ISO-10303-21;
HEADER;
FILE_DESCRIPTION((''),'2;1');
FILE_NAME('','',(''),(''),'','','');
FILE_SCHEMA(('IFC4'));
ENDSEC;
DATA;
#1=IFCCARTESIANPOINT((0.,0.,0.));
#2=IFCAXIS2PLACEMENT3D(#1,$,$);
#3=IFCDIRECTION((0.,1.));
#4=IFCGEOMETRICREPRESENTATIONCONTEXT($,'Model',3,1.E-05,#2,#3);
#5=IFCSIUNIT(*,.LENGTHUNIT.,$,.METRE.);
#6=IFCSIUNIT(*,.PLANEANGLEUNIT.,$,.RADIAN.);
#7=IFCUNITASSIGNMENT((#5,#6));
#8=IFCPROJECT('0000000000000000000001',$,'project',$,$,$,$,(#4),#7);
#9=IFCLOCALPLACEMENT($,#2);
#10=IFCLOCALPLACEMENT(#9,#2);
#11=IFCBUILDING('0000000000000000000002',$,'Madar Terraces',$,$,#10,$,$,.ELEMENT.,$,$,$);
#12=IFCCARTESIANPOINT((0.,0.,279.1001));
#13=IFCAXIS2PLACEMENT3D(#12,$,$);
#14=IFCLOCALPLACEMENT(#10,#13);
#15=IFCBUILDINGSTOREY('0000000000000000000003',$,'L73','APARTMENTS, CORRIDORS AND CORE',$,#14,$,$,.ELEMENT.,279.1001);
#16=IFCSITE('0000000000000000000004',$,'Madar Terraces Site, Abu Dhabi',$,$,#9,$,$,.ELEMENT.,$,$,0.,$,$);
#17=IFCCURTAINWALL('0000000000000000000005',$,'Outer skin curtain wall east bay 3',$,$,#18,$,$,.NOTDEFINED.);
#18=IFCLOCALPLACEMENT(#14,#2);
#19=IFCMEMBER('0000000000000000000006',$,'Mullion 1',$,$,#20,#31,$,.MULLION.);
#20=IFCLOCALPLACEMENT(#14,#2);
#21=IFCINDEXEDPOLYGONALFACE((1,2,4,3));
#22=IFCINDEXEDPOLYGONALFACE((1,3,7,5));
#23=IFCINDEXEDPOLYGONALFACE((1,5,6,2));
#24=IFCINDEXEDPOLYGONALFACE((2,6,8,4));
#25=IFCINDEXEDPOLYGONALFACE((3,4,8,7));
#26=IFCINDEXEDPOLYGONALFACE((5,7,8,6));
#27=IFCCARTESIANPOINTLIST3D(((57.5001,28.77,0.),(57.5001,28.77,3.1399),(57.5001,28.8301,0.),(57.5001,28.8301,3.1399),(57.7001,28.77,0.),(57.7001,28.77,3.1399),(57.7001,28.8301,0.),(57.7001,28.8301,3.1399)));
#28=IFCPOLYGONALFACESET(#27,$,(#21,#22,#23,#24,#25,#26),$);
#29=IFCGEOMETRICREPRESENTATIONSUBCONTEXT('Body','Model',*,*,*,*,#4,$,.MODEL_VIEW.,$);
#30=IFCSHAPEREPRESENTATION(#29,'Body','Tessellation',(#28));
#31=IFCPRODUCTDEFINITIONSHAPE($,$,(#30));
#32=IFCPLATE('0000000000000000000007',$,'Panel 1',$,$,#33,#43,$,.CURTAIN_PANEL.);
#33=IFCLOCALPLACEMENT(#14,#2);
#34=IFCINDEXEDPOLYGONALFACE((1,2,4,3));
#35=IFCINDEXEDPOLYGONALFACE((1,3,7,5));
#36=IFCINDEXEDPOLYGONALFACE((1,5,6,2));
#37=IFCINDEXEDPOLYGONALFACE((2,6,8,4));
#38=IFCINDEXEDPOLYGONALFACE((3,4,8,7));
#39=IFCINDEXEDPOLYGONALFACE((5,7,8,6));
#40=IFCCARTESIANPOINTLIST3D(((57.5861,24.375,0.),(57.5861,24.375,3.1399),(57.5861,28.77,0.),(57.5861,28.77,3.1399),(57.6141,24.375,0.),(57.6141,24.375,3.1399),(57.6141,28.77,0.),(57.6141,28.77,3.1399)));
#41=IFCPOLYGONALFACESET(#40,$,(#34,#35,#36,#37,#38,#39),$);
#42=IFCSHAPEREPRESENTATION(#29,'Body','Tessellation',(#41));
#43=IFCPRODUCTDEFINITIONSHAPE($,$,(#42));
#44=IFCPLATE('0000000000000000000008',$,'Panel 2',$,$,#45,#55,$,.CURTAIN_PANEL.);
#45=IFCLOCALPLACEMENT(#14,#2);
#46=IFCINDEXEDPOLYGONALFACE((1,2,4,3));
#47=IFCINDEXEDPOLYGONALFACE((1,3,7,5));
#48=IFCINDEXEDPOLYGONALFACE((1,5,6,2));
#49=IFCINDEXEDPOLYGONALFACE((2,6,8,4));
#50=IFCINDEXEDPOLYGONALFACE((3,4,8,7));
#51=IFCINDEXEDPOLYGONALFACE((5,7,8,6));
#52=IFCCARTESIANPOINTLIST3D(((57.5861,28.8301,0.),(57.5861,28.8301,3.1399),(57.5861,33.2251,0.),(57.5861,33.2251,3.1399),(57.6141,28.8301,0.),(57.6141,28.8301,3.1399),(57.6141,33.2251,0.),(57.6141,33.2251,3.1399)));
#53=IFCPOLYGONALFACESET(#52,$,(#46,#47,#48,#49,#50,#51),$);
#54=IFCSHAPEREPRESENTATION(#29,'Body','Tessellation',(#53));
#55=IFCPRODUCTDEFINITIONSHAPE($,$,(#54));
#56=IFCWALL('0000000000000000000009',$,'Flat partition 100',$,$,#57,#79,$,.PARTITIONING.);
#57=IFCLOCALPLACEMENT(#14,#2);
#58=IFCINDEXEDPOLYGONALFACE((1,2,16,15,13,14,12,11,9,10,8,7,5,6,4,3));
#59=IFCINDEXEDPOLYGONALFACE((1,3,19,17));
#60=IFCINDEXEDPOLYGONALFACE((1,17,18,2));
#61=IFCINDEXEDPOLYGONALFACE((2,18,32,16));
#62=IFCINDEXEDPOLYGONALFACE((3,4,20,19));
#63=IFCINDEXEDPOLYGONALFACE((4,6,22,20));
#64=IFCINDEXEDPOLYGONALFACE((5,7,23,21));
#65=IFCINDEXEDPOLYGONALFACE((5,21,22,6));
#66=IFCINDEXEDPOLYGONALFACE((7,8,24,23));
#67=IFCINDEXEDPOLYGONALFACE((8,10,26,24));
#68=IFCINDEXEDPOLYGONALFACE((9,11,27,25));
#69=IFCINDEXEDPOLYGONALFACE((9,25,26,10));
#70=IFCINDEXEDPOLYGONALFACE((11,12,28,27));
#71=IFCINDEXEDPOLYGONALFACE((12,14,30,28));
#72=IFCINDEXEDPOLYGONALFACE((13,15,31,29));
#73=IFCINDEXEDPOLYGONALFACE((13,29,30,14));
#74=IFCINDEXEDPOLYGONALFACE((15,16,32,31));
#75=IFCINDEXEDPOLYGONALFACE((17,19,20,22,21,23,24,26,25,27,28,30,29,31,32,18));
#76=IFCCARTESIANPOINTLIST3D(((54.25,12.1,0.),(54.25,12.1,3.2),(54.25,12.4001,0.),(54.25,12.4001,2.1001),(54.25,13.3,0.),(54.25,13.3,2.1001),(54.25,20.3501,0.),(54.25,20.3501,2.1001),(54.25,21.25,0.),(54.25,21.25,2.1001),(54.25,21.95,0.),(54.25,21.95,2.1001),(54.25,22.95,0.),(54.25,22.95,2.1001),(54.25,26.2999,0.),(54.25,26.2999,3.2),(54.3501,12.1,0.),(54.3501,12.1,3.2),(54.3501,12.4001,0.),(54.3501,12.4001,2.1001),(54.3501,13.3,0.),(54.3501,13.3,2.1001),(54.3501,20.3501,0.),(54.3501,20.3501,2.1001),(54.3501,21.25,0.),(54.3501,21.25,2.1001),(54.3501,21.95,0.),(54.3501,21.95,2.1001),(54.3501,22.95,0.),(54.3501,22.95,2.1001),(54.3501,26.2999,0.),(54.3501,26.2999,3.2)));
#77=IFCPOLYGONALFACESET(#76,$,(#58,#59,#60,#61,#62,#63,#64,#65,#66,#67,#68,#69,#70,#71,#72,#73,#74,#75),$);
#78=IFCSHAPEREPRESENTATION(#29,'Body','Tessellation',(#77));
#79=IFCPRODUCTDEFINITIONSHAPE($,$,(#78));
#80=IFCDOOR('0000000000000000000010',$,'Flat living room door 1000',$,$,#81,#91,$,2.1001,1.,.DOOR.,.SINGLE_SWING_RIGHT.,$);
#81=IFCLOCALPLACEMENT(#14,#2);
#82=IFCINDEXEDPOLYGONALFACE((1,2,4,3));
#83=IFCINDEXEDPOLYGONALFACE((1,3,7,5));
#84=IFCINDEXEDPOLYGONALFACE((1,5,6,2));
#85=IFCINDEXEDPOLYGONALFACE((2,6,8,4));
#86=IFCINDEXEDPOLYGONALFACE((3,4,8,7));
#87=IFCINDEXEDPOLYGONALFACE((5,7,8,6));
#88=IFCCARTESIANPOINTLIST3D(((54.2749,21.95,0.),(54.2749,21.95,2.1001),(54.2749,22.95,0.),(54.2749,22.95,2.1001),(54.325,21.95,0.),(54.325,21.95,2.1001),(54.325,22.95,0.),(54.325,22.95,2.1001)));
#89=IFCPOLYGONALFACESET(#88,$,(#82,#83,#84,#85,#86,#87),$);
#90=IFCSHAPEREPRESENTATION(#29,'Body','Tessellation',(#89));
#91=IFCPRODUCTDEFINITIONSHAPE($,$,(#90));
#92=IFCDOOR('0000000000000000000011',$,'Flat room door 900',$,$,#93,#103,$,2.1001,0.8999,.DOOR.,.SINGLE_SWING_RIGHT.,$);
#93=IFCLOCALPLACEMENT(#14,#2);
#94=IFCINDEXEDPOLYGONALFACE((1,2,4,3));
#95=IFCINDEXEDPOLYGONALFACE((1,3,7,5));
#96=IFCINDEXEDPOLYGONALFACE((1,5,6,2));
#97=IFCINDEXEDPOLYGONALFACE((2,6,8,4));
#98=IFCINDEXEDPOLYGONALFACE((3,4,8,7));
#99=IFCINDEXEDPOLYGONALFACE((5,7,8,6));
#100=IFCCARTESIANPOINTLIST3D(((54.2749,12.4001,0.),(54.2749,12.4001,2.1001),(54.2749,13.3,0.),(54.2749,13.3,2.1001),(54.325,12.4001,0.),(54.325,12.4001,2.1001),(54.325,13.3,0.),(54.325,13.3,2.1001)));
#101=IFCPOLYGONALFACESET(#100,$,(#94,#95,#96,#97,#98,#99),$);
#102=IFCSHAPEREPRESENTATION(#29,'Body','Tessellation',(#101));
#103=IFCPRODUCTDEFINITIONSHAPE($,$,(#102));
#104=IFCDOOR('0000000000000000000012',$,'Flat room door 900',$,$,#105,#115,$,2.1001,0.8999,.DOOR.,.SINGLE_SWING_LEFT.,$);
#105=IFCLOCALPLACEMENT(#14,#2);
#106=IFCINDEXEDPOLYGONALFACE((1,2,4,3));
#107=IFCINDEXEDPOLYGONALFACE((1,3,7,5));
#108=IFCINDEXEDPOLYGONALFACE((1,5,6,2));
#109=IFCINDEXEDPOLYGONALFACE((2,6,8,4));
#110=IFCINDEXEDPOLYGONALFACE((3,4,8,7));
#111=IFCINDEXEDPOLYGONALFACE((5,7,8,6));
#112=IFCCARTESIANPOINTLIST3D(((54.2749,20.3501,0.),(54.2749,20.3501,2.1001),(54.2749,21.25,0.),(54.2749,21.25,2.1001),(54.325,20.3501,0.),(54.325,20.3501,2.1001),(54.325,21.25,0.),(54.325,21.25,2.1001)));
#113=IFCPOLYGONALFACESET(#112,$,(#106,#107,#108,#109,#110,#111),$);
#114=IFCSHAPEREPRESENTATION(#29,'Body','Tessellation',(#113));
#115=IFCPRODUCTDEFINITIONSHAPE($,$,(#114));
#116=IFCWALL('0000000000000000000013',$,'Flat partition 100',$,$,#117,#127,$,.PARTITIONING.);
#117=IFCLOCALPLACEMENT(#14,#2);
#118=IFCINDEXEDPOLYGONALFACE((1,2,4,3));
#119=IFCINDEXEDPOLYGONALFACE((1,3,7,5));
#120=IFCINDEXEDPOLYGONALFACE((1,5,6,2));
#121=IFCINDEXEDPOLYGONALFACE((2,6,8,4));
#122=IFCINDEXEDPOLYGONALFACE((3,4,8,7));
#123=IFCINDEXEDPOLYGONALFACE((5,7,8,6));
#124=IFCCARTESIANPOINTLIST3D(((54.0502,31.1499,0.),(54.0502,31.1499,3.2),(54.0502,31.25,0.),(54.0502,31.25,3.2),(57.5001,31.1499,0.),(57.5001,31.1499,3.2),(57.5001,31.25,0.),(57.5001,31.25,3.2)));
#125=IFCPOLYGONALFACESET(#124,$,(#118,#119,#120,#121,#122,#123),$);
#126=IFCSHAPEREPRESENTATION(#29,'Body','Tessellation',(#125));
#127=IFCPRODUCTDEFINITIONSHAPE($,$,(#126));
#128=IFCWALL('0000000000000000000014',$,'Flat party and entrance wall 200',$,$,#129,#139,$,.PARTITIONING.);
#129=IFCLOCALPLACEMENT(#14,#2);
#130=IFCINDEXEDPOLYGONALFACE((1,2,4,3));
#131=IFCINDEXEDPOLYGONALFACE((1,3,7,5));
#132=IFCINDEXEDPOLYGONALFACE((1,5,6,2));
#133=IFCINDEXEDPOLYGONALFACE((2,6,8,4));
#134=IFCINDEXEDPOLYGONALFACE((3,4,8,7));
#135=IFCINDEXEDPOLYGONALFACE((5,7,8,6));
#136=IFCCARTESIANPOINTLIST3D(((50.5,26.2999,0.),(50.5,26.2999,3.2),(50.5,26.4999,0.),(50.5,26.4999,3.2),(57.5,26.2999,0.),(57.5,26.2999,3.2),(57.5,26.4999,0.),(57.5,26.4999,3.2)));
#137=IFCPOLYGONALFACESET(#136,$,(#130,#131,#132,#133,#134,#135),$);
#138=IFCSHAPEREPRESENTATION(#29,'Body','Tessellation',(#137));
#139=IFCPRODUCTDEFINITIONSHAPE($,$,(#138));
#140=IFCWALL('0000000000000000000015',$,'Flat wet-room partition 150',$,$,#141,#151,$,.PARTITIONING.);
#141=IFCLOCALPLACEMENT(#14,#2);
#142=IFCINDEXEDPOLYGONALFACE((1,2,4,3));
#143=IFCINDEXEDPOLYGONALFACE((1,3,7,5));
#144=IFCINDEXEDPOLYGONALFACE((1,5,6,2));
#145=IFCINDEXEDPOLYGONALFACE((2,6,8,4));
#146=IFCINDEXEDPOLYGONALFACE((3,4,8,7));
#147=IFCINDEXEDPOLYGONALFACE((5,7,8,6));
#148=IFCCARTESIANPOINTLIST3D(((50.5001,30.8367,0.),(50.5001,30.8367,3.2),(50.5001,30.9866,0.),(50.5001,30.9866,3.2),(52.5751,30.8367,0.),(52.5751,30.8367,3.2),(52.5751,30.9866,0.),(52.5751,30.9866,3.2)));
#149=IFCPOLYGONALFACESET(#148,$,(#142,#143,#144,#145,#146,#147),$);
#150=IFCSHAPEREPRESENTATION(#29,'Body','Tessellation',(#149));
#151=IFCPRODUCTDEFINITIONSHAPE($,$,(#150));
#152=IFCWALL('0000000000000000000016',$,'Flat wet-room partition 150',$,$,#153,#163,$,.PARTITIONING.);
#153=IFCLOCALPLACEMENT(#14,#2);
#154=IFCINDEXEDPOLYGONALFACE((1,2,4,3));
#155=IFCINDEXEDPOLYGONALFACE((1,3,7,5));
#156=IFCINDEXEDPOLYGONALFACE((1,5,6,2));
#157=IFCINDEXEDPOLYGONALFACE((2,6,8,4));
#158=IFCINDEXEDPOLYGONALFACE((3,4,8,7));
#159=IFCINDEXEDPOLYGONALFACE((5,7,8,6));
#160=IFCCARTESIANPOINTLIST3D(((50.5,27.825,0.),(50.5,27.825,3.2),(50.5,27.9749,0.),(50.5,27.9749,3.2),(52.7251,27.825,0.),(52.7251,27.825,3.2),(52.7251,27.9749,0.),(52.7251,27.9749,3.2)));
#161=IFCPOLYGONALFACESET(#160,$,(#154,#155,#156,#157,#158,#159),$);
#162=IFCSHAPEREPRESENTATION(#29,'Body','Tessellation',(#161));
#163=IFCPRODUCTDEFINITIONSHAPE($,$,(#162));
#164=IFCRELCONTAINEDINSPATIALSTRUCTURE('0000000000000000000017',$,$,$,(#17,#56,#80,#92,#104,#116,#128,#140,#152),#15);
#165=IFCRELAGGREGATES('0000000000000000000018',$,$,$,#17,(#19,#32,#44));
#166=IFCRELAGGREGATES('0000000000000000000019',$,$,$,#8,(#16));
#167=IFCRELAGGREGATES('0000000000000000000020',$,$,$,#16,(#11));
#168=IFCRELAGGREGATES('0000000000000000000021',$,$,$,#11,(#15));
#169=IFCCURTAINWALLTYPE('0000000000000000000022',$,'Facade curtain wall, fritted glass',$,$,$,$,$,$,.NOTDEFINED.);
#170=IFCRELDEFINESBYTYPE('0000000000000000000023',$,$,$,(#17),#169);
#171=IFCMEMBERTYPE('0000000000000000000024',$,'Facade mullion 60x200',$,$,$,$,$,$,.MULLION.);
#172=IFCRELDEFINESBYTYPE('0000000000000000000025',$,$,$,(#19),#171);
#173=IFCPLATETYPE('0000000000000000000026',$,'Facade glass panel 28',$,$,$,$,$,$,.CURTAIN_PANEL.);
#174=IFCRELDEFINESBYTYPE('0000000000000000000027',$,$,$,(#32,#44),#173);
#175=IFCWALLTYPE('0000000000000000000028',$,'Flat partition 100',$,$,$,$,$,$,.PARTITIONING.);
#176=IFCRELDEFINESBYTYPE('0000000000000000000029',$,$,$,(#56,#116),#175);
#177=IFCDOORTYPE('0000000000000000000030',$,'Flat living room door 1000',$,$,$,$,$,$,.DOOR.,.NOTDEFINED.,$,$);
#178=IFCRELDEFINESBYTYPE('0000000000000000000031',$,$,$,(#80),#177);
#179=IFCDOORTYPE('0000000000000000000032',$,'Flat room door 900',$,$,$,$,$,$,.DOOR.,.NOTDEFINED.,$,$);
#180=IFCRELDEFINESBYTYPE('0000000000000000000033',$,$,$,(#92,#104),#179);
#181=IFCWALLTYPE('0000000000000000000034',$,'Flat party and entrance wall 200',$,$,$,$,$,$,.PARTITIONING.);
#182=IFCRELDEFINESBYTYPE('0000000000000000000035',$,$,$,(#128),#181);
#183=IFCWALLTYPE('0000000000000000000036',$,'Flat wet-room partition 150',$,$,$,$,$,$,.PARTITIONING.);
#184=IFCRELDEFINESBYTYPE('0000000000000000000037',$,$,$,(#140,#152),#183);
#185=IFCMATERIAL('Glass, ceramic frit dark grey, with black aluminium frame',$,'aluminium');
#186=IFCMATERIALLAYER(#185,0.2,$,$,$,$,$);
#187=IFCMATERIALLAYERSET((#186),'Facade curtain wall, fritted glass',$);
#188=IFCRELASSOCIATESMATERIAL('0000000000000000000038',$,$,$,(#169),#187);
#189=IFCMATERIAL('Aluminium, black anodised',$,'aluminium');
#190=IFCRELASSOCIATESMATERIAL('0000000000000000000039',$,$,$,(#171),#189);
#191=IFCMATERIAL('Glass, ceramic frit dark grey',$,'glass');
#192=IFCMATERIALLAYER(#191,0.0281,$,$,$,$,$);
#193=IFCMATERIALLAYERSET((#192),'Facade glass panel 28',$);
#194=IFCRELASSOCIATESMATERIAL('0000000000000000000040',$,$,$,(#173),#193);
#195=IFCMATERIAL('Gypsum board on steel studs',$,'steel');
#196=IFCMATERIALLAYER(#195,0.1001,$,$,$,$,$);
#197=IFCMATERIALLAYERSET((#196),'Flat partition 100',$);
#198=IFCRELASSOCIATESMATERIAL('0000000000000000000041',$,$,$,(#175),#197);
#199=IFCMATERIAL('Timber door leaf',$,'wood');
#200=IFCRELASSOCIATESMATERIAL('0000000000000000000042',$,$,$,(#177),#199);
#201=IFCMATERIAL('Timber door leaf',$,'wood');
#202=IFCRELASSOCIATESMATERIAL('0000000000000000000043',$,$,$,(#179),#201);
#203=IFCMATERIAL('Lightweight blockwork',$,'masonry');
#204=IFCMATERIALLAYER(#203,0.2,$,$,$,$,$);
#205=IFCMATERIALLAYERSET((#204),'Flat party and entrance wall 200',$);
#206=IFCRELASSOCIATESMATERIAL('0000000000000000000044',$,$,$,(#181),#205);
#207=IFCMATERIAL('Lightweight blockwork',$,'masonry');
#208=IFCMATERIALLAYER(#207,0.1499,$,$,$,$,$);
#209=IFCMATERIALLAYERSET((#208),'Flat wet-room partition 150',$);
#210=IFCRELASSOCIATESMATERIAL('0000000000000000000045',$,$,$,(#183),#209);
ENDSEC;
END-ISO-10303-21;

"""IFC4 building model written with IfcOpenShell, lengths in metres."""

from ifc_helpers import new_model, si_unit, direction, frame, frame_2d, origin, origin_2d, place, context, subcontext, project, spatial, rectangle, extrude, material, layer, layer_set, material_profile, profile_set, type_object, element, fill, aggregate, save


model = new_model("IFC4")

# Units and contexts
model_context = context("Model", 3, precision=1e-05, world=origin(), true_north=direction((0.0, 1.0)))
body_context = subcontext(model_context, "Body", "Model", "MODEL_VIEW")
ifc_project = project(units=[si_unit("LENGTHUNIT", "METRE"), si_unit("PLANEANGLEUNIT", "RADIAN")], contexts=[model_context])

# Site, building, storey
site_placement = place(None, origin())
site = spatial("IfcSite", under=ifc_project, at=site_placement, Name="Madar Terraces Site, Abu Dhabi", CompositionType="ELEMENT", RefElevation=0.0)
building_placement = place(site_placement, origin())
building = spatial("IfcBuilding", under=site, at=building_placement, Name="Madar Terraces", CompositionType="ELEMENT")
storey_placement = place(building_placement, frame((0.0, 0.0, 279.1001)))
storey = spatial("IfcBuildingStorey", under=building, at=storey_placement, Name="L73", Description="APARTMENTS, CORRIDORS AND CORE", CompositionType="ELEMENT", Elevation=279.1001)

# Curtain wall, member, plates
ifc_material_1 = material(Name="Glass, ceramic frit dark grey, with black aluminium frame", Category="aluminium")
ifc_layer_1 = layer(ifc_material_1, 0.2)
ifc_layer_set_1 = layer_set([ifc_layer_1], Name="Facade curtain wall, fritted glass")
curtain_wall_type = type_object("IfcCurtainWallType", Name="Facade curtain wall, fritted glass", PredefinedType="NOTDEFINED", material=ifc_layer_set_1)
curtain_wall_placement = place(storey_placement, origin())
curtain_wall = element("IfcCurtainWall", 1, at=curtain_wall_placement, inside=storey, type_object=curtain_wall_type, Name="Outer skin curtain wall east bay 3", PredefinedType="NOTDEFINED")
ifc_material_2 = material(Name="Aluminium, black anodised", Category="aluminium")
ifc_material_profile = material_profile(ifc_material_2, rectangle(XDim=0.2, YDim=0.0601, at=origin_2d()), Name="Facade mullion 60x200")
ifc_profile_set = profile_set([ifc_material_profile], Name="Aluminium, black anodised")
member_type = type_object("IfcMemberType", Name="Facade mullion 60x200", PredefinedType="MULLION", material=ifc_profile_set)
member_placement = place(storey_placement, frame((57.6001, 28.8, 0.0), z_axis=(0.0, 0.0, 1.0), x_axis=(-1.0, 0.0, 0.0)))
member = element("IfcMember", 2, at=member_placement, type_object=member_type, Name="Mullion 1", PredefinedType="MULLION", context=body_context, shape_type="SweptSolid", body=[
    extrude(rectangle(XDim=0.2, YDim=0.0601, at=origin_2d()), origin(), (0.0, 0.0, 1.0), 3.1399),
])
ifc_material_3 = material(Name="Glass, ceramic frit dark grey", Category="glass")
ifc_layer_2 = layer(ifc_material_3, 0.0281)
ifc_layer_set_2 = layer_set([ifc_layer_2], Name="Facade glass panel 28")
plate_type = type_object("IfcPlateType", Name="Facade glass panel 28", PredefinedType="CURTAIN_PANEL", material=ifc_layer_set_2)
plate_1_placement = place(storey_placement, frame((57.6001, 26.5725, 0.0), z_axis=(0.0, 0.0, 1.0), x_axis=(0.0, 1.0, 0.0)))
plate_1 = element("IfcPlate", 3, at=plate_1_placement, type_object=plate_type, Name="Panel 1", PredefinedType="CURTAIN_PANEL", context=body_context, shape_type="SweptSolid", body=[
    extrude(rectangle(XDim=4.395, YDim=0.0281, at=origin_2d()), origin(), (0.0, 0.0, 1.0), 3.1399),
])
plate_2_placement = place(storey_placement, frame((57.6001, 31.0276, 0.0), z_axis=(0.0, 0.0, 1.0), x_axis=(0.0, 1.0, 0.0)))
plate_2 = element("IfcPlate", 4, at=plate_2_placement, type_object=plate_type, Name="Panel 2", PredefinedType="CURTAIN_PANEL", context=body_context, shape_type="SweptSolid", body=[
    extrude(rectangle(XDim=4.395, YDim=0.0281, at=origin_2d()), origin(), (0.0, 0.0, 1.0), 3.1399),
])
aggregate(curtain_wall, [member, plate_1, plate_2])

# Wall, openings, doors
ifc_material_4 = material(Name="Gypsum board on steel studs", Category="steel")
ifc_layer_3 = layer(ifc_material_4, 0.1001)
ifc_layer_set_3 = layer_set([ifc_layer_3], Name="Flat partition 100")
wall_type_1 = type_object("IfcWallType", Name="Flat partition 100", PredefinedType="PARTITIONING", material=ifc_layer_set_3)
wall_1_placement = place(storey_placement, frame((54.3, 26.3, 0.0), z_axis=(0.0, 0.0, 1.0), x_axis=(0.0, -1.0, 0.0)))
wall_1 = element("IfcWall", 5, at=wall_1_placement, inside=storey, type_object=wall_type_1, Name="Flat partition 100", PredefinedType="PARTITIONING", context=body_context, shape_type="SweptSolid", body=[
    extrude(rectangle(XDim=14.2, YDim=0.1001, at=frame_2d((7.1001, 0.0))), origin(), (0.0, 0.0, 1.0), 3.2),
])
opening_1_placement = place(wall_1_placement, frame((13.0, 0.0, 0.0)))
opening_1 = element("IfcOpeningElement", 6, at=opening_1_placement, cuts=wall_1, PredefinedType="OPENING", context=body_context, shape_type="SweptSolid", body=[
    extrude(rectangle(XDim=0.8999, YDim=2.1001, at=frame_2d((0.45, 1.05))), frame((0.0, 0.0601, 0.0), z_axis=(0.0, -1.0, 0.0), x_axis=(1.0, 0.0, 0.0)), (0.0, 0.0, 1.0), 0.1201),
])
opening_2_placement = place(wall_1_placement, frame((5.05, 0.0, 0.0)))
opening_2 = element("IfcOpeningElement", 7, at=opening_2_placement, cuts=wall_1, PredefinedType="OPENING", context=body_context, shape_type="SweptSolid", body=[
    extrude(rectangle(XDim=0.8999, YDim=2.1001, at=frame_2d((0.45, 1.05))), frame((0.0, 0.0601, 0.0), z_axis=(0.0, -1.0, 0.0), x_axis=(1.0, 0.0, 0.0)), (0.0, 0.0, 1.0), 0.1201),
])
opening_3_placement = place(wall_1_placement, frame((3.3501, 0.0, 0.0)))
opening_3 = element("IfcOpeningElement", 8, at=opening_3_placement, cuts=wall_1, PredefinedType="OPENING", context=body_context, shape_type="SweptSolid", body=[
    extrude(rectangle(XDim=1.0, YDim=2.1001, at=frame_2d((0.5, 1.05))), frame((0.0, 0.0601, 0.0), z_axis=(0.0, -1.0, 0.0), x_axis=(1.0, 0.0, 0.0)), (0.0, 0.0, 1.0), 0.1201),
])
ifc_material_5 = material(Name="Timber door leaf", Category="wood")
door_type_1 = type_object("IfcDoorType", Name="Flat living room door 1000", OperationType="NOTDEFINED", PredefinedType="DOOR", material=ifc_material_5)
door_1_placement = place(opening_3_placement, origin())
door_1 = element("IfcDoor", 9, at=door_1_placement, inside=storey, type_object=door_type_1, Name="Flat living room door 1000", OperationType="SINGLE_SWING_RIGHT", OverallHeight=2.1001, OverallWidth=1.0, PredefinedType="DOOR", context=body_context, shape_type="SweptSolid", body=[
    extrude(rectangle(XDim=1.0, YDim=2.1001, at=frame_2d((0.5, 1.05))), frame((0.0, 0.0249, 0.0), z_axis=(0.0, -1.0, 0.0), x_axis=(1.0, 0.0, 0.0)), (0.0, 0.0, 1.0), 0.05),
])
fill(opening_3, door_1)
ifc_material_6 = material(Name="Timber door leaf", Category="wood")
door_type_2 = type_object("IfcDoorType", Name="Flat room door 900", OperationType="NOTDEFINED", PredefinedType="DOOR", material=ifc_material_6)
door_2_placement = place(opening_1_placement, origin())
door_2 = element("IfcDoor", 10, at=door_2_placement, inside=storey, type_object=door_type_2, Name="Flat room door 900", OperationType="SINGLE_SWING_RIGHT", OverallHeight=2.1001, OverallWidth=0.8999, PredefinedType="DOOR", context=body_context, shape_type="SweptSolid", body=[
    extrude(rectangle(XDim=0.8999, YDim=2.1001, at=frame_2d((0.45, 1.05))), frame((0.0, 0.0249, 0.0), z_axis=(0.0, -1.0, 0.0), x_axis=(1.0, 0.0, 0.0)), (0.0, 0.0, 1.0), 0.05),
])
fill(opening_1, door_2)
door_3_placement = place(opening_2_placement, origin())
door_3 = element("IfcDoor", 11, at=door_3_placement, inside=storey, type_object=door_type_2, Name="Flat room door 900", OperationType="SINGLE_SWING_LEFT", OverallHeight=2.1001, OverallWidth=0.8999, PredefinedType="DOOR", context=body_context, shape_type="SweptSolid", body=[
    extrude(rectangle(XDim=0.8999, YDim=2.1001, at=frame_2d((0.45, 1.05))), frame((0.0, 0.0249, 0.0), z_axis=(0.0, -1.0, 0.0), x_axis=(1.0, 0.0, 0.0)), (0.0, 0.0, 1.0), 0.05),
])
fill(opening_2, door_3)

# Walls
wall_2_placement = place(storey_placement, frame((54.05, 31.2, 0.0), z_axis=(0.0, 0.0, 1.0), x_axis=(1.0, 0.0, 0.0)))
element("IfcWall", 12, at=wall_2_placement, inside=storey, type_object=wall_type_1, Name="Flat partition 100", PredefinedType="PARTITIONING", context=body_context, shape_type="SweptSolid", body=[
    extrude(rectangle(XDim=3.45, YDim=0.1001, at=frame_2d((1.7251, 0.0))), origin(), (0.0, 0.0, 1.0), 3.2),
])
ifc_material_7 = material(Name="Lightweight blockwork", Category="masonry")
ifc_layer_4 = layer(ifc_material_7, 0.2)
ifc_layer_set_4 = layer_set([ifc_layer_4], Name="Flat party and entrance wall 200")
wall_type_2 = type_object("IfcWallType", Name="Flat party and entrance wall 200", PredefinedType="PARTITIONING", material=ifc_layer_set_4)
wall_3_placement = place(storey_placement, frame((50.5, 26.3999, 0.0), z_axis=(0.0, 0.0, 1.0), x_axis=(1.0, 0.0, 0.0)))
element("IfcWall", 13, at=wall_3_placement, inside=storey, type_object=wall_type_2, Name="Flat party and entrance wall 200", PredefinedType="PARTITIONING", context=body_context, shape_type="SweptSolid", body=[
    extrude(rectangle(XDim=7.0, YDim=0.2, at=frame_2d((3.5, 0.0))), origin(), (0.0, 0.0, 1.0), 3.2),
])
ifc_material_8 = material(Name="Lightweight blockwork", Category="masonry")
ifc_layer_5 = layer(ifc_material_8, 0.1499)
ifc_layer_set_5 = layer_set([ifc_layer_5], Name="Flat wet-room partition 150")
wall_type_3 = type_object("IfcWallType", Name="Flat wet-room partition 150", PredefinedType="PARTITIONING", material=ifc_layer_set_5)
wall_4_placement = place(storey_placement, frame((50.5, 30.9116, 0.0), z_axis=(0.0, 0.0, 1.0), x_axis=(1.0, 0.0, 0.0)))
element("IfcWall", 14, at=wall_4_placement, inside=storey, type_object=wall_type_3, Name="Flat wet-room partition 150", PredefinedType="PARTITIONING", context=body_context, shape_type="SweptSolid", body=[
    extrude(rectangle(XDim=2.075, YDim=0.1499, at=frame_2d((1.0376, 0.0))), origin(), (0.0, 0.0, 1.0), 3.2),
])
wall_5_placement = place(storey_placement, frame((50.5, 27.8999, 0.0), z_axis=(0.0, 0.0, 1.0), x_axis=(1.0, 0.0, 0.0)))
element("IfcWall", 15, at=wall_5_placement, inside=storey, type_object=wall_type_3, Name="Flat wet-room partition 150", PredefinedType="PARTITIONING", context=body_context, shape_type="SweptSolid", body=[
    extrude(rectangle(XDim=2.2251, YDim=0.1499, at=frame_2d((1.1125, 0.0))), origin(), (0.0, 0.0, 1.0), 3.2),
])

save(model, "model.ifc")
